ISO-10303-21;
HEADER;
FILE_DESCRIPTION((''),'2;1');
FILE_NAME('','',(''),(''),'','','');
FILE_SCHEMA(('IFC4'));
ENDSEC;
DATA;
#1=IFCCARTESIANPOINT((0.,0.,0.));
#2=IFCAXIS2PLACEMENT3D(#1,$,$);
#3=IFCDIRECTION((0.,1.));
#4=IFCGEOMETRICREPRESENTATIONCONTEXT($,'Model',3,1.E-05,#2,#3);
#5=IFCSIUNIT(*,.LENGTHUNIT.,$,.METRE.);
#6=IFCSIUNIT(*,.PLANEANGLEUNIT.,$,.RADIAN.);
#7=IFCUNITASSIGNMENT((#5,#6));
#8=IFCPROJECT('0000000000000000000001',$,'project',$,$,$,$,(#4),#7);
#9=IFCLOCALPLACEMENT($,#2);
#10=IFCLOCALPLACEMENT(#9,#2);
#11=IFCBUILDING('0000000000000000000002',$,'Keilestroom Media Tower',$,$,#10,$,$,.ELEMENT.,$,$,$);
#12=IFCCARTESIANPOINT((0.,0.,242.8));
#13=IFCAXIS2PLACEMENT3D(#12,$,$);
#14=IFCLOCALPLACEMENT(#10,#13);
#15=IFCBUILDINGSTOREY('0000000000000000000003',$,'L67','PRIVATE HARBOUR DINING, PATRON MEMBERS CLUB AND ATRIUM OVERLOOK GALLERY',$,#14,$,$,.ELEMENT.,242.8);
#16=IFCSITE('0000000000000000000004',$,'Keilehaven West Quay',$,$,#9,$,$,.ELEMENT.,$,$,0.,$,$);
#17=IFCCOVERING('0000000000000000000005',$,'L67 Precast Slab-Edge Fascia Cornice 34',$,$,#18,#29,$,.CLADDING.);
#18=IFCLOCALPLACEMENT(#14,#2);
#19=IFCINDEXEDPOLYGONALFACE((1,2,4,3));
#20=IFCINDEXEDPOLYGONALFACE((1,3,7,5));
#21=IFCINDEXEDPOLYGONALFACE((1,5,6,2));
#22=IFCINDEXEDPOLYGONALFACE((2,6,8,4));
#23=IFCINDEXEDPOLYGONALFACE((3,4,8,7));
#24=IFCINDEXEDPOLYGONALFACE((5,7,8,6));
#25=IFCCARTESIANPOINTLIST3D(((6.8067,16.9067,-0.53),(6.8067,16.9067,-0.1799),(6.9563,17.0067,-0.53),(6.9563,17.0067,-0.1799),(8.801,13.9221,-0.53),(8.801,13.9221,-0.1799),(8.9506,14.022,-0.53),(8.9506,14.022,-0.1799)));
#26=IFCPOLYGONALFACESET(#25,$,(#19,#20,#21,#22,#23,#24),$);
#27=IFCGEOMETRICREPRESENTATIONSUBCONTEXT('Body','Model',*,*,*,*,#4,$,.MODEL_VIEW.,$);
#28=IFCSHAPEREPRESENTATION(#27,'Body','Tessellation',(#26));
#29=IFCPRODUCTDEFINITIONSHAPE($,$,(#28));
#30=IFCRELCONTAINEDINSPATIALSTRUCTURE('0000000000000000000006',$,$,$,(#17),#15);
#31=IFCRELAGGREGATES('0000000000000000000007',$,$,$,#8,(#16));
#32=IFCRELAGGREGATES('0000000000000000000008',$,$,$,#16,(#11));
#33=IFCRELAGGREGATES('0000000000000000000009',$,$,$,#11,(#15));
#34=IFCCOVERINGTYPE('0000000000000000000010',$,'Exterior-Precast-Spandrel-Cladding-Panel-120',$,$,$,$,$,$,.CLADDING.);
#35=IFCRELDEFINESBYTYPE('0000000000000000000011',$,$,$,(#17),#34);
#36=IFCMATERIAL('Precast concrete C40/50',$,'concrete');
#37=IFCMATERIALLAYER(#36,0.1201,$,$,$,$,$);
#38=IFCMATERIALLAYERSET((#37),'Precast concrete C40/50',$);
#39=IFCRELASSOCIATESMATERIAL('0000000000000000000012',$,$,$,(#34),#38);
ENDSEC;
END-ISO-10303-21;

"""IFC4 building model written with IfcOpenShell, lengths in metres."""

from ifc_helpers import new_model, si_unit, direction, frame, origin, origin_2d, place, context, subcontext, project, spatial, rectangle, extrude, source, transform, mapped, material, layer, layer_set, type_object, element, save


model = new_model("IFC4")

# Units and contexts
model_context = context("Model", 3, precision=1e-05, world=origin(), true_north=direction((0.0, 1.0)))
body_context = subcontext(model_context, "Body", "Model", "MODEL_VIEW")
ifc_project = project(units=[si_unit("LENGTHUNIT", "METRE"), si_unit("PLANEANGLEUNIT", "RADIAN")], contexts=[model_context])

# Site, building, storey
site_placement = place(None, origin())
site = spatial("IfcSite", under=ifc_project, at=site_placement, Name="Keilehaven West Quay", CompositionType="ELEMENT", RefElevation=0.0)
building_placement = place(site_placement, origin())
building = spatial("IfcBuilding", under=site, at=building_placement, Name="Keilestroom Media Tower", CompositionType="ELEMENT")
storey_placement = place(building_placement, frame((0.0, 0.0, 242.8)))
storey = spatial("IfcBuildingStorey", under=building, at=storey_placement, Name="L67", Description="PRIVATE HARBOUR DINING, PATRON MEMBERS CLUB AND ATRIUM OVERLOOK GALLERY", CompositionType="ELEMENT", Elevation=242.8)

# Shared definitions
ifc_material_1 = material(Name="Precast concrete C40/50", Category="concrete")

# Covering
ifc_layer_1 = layer(ifc_material_1, 0.1201)
ifc_layer_set_1 = layer_set([ifc_layer_1], Name="Precast concrete C40/50")
covering_type = type_object("IfcCoveringType", Name="Exterior-Precast-Spandrel-Cladding-Panel-120", PredefinedType="CLADDING", material=ifc_layer_set_1)
shared_shape_1 = source(origin(), body_context, "Body", "SweptSolid", [
    extrude(rectangle(XDim=3.5896, YDim=0.1799, at=origin_2d()), origin(), (0.0, 0.0, 1.0), 0.3501),
])
for number, where, z_axis, x_axis, name in (
    (1, (7.8787, 15.4644, -0.53), (0.0, 0.0, 1.0), (0.555575, -0.831467, 0.0), "L67 Precast Slab-Edge Fascia Cornice 34"),
):
    element("IfcCovering", number, at=place(storey_placement, frame(where, z_axis=z_axis, x_axis=x_axis)), inside=storey, type_object=covering_type, Name=name, PredefinedType="CLADDING", context=body_context, shape_type="MappedRepresentation", body=[
        mapped(shared_shape_1, transform((0.0, 0.0, 0.0), x_axis=(1.0, 0.0, 0.0), y_axis=(0.0, 1.0, 0.0), z_axis=(0.0, 0.0, 1.0), scale=1.0)),
    ])

save(model, "model.ifc")
